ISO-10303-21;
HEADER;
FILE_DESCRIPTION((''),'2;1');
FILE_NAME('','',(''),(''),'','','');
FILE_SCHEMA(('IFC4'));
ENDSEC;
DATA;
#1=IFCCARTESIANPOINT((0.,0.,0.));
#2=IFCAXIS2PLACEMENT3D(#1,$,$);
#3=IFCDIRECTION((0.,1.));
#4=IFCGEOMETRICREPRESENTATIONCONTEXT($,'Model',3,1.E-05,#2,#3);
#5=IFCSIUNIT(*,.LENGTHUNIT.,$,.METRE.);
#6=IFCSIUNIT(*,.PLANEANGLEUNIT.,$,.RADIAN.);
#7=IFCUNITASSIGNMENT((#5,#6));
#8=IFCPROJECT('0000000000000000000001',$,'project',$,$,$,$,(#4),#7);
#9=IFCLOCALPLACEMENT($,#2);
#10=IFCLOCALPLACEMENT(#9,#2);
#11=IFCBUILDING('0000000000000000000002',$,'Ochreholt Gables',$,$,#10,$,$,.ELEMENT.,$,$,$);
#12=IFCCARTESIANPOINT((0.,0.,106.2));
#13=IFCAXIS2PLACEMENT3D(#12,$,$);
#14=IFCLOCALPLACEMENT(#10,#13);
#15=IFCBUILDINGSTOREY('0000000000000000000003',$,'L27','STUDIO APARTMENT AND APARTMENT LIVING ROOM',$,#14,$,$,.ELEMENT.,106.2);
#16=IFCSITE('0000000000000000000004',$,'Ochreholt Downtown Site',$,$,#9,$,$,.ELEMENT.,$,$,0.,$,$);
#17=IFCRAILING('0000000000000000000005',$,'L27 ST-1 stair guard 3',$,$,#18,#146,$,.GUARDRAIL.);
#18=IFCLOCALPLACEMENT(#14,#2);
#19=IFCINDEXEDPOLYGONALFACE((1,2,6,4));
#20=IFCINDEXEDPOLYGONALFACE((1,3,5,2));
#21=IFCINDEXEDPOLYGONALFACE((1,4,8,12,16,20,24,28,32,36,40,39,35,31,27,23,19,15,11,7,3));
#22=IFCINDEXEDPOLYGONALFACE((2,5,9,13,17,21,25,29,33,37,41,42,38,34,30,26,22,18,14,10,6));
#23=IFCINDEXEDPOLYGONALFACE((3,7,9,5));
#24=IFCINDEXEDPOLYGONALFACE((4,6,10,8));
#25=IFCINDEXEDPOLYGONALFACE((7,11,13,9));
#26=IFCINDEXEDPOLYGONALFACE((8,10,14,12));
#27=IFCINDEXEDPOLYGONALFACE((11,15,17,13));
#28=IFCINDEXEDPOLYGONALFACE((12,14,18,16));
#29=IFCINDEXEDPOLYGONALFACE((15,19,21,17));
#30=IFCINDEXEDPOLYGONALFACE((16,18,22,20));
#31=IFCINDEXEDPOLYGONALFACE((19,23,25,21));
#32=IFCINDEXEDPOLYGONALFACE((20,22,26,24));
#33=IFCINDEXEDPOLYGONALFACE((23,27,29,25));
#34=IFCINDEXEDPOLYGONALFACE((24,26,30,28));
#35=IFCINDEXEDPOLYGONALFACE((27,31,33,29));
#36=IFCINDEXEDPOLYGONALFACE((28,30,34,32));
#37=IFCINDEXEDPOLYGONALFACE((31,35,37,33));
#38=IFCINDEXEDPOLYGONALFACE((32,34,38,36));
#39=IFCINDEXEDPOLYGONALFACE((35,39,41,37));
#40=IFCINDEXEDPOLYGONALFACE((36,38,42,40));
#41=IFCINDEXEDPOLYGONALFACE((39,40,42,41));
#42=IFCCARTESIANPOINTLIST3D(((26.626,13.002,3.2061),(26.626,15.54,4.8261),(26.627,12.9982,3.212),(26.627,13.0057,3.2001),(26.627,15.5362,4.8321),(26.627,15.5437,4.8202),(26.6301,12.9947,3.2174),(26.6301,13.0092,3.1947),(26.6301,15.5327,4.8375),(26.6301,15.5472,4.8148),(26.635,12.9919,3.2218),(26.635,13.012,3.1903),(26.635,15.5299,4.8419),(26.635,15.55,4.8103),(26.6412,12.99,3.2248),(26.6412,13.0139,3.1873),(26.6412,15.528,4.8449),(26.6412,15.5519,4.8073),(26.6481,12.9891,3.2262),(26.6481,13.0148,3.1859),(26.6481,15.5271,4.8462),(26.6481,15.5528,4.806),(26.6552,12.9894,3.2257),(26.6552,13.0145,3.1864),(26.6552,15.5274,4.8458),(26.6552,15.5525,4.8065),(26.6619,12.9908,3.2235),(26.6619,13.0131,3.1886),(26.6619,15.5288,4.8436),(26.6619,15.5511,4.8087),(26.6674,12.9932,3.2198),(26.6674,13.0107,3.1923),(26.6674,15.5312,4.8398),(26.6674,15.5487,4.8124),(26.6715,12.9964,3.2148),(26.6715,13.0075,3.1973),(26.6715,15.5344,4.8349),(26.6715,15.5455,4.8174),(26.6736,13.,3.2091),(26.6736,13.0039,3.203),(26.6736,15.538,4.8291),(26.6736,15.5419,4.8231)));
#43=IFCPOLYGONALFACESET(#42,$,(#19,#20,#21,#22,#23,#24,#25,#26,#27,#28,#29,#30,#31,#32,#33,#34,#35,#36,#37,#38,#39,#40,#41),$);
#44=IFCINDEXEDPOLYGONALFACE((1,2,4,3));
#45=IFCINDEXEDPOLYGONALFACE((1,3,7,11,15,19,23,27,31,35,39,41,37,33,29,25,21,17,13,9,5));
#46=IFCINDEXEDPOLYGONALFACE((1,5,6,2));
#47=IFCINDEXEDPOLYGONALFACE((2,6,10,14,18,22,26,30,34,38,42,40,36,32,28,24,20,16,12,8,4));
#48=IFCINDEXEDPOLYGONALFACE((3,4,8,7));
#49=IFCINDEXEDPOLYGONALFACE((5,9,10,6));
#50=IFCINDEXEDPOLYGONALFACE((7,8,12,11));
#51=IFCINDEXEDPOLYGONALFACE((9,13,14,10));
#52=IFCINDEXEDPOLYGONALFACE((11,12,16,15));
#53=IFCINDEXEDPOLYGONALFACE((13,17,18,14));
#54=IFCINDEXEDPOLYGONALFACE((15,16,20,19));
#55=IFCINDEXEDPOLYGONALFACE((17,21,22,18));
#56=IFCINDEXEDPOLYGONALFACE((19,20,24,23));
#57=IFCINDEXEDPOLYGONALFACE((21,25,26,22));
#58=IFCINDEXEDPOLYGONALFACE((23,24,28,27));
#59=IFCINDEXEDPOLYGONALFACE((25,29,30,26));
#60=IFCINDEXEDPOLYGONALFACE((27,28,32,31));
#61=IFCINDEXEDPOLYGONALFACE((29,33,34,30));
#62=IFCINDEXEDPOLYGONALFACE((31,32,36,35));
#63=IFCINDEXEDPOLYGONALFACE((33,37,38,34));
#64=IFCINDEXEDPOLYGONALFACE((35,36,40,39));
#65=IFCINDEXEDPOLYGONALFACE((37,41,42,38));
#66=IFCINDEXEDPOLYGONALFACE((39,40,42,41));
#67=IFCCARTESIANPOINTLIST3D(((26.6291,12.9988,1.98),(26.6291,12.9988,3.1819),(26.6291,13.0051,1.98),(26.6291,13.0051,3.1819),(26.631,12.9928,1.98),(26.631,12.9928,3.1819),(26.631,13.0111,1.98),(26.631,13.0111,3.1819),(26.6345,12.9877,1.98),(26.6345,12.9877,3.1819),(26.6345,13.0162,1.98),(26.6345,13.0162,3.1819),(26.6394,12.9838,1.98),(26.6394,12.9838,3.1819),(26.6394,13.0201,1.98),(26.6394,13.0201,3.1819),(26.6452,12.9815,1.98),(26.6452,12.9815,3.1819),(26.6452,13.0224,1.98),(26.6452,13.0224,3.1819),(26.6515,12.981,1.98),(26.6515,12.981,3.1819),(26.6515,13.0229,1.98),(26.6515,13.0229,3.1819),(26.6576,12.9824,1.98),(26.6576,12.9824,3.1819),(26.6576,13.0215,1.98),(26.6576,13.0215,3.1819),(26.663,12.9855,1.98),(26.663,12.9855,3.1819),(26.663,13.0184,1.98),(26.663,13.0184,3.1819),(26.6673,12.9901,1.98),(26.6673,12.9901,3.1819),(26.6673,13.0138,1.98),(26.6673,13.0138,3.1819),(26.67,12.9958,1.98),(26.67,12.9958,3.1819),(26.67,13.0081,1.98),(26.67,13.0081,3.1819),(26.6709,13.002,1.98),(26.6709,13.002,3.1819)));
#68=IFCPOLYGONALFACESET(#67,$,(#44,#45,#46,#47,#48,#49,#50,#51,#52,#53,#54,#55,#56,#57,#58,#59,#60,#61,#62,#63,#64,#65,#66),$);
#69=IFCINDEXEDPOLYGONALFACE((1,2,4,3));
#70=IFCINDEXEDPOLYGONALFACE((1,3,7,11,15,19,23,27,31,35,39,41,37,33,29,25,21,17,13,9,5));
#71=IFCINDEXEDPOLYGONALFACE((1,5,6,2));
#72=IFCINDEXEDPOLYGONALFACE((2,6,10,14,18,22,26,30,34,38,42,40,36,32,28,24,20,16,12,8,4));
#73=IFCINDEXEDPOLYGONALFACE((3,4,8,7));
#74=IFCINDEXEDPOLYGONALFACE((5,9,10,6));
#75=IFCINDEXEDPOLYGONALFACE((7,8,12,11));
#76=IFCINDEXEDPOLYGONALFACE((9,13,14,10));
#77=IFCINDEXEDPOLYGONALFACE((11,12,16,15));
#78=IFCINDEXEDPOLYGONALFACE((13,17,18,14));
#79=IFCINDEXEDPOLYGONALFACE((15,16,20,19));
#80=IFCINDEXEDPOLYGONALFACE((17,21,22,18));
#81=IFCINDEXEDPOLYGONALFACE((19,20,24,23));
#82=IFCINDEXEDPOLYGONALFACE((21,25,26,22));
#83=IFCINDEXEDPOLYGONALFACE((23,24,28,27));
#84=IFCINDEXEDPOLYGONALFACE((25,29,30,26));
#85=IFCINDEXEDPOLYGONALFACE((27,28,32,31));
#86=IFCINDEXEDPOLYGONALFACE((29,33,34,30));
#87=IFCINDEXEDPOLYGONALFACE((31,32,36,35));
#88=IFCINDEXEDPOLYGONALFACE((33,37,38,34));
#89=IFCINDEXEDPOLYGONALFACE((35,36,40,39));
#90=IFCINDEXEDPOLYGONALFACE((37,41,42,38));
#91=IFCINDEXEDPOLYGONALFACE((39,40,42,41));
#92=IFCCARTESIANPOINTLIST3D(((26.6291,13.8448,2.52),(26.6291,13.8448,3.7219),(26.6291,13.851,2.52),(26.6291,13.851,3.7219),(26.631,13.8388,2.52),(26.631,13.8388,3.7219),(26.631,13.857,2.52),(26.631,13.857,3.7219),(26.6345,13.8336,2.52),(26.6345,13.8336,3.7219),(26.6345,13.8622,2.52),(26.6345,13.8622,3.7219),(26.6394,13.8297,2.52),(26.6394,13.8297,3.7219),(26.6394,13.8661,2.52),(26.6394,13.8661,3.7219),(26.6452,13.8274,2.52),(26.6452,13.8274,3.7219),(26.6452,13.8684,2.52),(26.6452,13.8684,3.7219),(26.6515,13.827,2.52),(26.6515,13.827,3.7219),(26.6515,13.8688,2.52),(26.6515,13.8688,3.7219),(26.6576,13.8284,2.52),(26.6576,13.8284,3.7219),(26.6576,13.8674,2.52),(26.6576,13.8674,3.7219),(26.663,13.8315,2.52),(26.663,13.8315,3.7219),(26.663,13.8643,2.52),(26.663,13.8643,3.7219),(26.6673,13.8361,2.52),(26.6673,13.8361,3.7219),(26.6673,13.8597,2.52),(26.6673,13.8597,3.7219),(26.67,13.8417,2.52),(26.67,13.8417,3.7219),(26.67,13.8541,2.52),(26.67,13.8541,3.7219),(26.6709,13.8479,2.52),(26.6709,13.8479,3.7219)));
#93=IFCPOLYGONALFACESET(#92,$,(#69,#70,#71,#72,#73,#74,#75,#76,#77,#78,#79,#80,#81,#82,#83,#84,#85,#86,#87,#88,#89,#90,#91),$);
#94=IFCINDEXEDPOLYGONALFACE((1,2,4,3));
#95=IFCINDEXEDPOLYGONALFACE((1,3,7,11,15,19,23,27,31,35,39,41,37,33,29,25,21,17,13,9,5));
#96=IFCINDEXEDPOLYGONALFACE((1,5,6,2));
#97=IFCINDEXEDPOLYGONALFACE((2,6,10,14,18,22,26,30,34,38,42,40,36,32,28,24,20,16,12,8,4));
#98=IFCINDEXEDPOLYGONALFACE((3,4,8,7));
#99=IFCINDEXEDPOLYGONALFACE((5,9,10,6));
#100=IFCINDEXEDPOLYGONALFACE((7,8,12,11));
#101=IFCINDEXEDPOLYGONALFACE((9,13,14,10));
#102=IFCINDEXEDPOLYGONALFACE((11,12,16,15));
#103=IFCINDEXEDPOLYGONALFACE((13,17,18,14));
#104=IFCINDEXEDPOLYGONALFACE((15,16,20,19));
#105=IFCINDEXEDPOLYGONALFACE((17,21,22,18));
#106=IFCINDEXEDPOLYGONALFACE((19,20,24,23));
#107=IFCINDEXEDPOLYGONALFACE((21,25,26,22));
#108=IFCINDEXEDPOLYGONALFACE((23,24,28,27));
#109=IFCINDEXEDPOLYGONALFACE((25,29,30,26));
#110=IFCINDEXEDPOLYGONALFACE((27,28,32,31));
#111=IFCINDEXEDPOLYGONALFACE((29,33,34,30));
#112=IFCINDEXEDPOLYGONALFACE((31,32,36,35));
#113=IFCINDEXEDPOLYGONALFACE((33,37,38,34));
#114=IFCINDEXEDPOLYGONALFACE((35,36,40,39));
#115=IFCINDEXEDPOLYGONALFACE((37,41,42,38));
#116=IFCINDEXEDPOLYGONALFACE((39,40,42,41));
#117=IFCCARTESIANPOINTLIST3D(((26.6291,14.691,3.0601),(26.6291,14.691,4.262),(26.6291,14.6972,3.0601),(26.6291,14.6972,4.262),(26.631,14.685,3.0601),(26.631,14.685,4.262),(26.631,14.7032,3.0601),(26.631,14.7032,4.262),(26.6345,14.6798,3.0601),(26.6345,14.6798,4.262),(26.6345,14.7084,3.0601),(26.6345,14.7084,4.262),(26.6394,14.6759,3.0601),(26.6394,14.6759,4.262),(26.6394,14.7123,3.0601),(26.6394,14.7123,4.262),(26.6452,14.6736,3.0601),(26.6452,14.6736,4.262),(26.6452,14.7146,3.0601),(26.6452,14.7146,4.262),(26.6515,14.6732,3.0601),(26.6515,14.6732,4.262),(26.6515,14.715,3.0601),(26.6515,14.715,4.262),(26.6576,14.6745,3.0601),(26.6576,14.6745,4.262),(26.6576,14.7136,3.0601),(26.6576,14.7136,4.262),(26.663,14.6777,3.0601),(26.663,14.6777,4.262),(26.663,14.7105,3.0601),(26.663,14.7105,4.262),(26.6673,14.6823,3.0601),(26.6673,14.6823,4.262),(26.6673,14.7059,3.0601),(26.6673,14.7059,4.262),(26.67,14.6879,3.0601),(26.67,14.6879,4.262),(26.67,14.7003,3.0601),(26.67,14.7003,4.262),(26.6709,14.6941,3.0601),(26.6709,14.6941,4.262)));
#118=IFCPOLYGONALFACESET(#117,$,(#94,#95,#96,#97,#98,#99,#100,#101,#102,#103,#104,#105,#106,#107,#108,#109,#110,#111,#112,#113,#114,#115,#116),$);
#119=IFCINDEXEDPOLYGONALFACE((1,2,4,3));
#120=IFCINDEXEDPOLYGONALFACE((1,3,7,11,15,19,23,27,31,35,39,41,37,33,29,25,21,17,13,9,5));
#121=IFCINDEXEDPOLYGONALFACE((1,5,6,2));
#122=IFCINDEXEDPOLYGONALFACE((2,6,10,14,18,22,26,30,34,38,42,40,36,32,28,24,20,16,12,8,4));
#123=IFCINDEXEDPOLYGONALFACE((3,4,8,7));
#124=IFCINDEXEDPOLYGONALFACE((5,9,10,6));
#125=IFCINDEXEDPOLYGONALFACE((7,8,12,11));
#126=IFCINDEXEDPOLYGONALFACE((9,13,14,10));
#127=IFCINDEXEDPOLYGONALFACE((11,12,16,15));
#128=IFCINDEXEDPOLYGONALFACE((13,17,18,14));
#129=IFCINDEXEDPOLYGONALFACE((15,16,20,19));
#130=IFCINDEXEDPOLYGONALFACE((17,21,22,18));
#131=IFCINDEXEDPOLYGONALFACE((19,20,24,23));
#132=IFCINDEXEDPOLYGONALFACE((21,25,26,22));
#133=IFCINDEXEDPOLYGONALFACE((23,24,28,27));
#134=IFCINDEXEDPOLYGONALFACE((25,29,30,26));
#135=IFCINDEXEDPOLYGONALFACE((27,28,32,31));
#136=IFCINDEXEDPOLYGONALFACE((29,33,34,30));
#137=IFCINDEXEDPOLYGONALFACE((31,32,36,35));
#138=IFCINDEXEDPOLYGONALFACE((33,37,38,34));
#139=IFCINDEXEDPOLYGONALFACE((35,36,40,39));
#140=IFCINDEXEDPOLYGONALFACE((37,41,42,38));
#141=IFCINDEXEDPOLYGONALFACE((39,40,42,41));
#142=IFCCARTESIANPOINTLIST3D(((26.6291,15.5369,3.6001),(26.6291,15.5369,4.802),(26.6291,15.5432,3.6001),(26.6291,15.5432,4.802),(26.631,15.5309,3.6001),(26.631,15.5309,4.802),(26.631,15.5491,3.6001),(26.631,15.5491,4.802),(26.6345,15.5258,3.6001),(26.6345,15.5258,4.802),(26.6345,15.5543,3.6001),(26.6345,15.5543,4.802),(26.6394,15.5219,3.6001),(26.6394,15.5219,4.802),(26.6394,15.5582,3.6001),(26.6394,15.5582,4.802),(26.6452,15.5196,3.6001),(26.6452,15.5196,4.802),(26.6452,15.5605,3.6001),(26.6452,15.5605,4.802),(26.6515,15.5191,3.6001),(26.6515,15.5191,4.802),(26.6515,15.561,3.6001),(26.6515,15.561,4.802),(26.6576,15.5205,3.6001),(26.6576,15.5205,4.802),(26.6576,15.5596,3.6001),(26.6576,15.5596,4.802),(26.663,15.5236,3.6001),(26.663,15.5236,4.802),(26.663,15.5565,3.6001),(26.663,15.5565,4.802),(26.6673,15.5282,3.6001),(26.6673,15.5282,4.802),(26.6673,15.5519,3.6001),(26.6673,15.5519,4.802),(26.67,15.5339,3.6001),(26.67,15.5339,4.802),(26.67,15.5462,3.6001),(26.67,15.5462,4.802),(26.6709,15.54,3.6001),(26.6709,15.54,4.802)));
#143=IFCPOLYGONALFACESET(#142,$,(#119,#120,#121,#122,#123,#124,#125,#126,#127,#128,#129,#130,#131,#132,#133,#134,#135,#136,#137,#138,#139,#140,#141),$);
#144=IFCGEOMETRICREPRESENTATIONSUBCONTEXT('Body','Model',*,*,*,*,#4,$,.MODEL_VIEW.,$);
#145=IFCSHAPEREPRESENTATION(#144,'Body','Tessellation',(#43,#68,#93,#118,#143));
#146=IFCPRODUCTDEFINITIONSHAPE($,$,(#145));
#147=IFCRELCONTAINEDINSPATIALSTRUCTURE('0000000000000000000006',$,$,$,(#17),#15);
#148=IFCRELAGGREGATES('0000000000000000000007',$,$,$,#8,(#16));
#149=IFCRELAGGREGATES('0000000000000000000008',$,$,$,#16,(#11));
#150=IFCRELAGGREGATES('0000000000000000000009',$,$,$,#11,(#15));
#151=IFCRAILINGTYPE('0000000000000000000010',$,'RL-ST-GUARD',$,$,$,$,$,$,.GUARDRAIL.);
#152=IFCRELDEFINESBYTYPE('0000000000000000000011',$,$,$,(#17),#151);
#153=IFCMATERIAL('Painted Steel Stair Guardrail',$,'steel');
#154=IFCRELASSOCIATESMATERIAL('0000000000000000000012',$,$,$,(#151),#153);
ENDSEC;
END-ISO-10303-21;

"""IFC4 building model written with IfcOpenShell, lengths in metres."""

from ifc_helpers import new_model, si_unit, direction, frame, origin, origin_2d, place, context, subcontext, project, spatial, circle, extrude, material, type_object, element, save


model = new_model("IFC4")

# Units and contexts
model_context = context("Model", 3, precision=1e-05, world=origin(), true_north=direction((0.0, 1.0)))
body_context = subcontext(model_context, "Body", "Model", "MODEL_VIEW")
ifc_project = project(units=[si_unit("LENGTHUNIT", "METRE"), si_unit("PLANEANGLEUNIT", "RADIAN")], contexts=[model_context])

# Site, building, storey
site_placement = place(None, origin())
site = spatial("IfcSite", under=ifc_project, at=site_placement, Name="Ochreholt Downtown Site", CompositionType="ELEMENT", RefElevation=0.0)
building_placement = place(site_placement, origin())
building = spatial("IfcBuilding", under=site, at=building_placement, Name="Ochreholt Gables", CompositionType="ELEMENT")
storey_placement = place(building_placement, frame((0.0, 0.0, 106.2)))
storey = spatial("IfcBuildingStorey", under=building, at=storey_placement, Name="L27", Description="STUDIO APARTMENT AND APARTMENT LIVING ROOM", CompositionType="ELEMENT", Elevation=106.2)

# Railing
ifc_material_1 = material(Name="Painted Steel Stair Guardrail", Category="steel")
railing_type_1 = type_object("IfcRailingType", Name="RL-ST-GUARD", PredefinedType="GUARDRAIL", material=ifc_material_1)
railing_1_placement = place(storey_placement, frame((26.6499, 13.002, 1.98)))
element("IfcRailing", 1, at=railing_1_placement, inside=storey, type_object=railing_type_1, Name="L27 ST-1 stair guard 3", PredefinedType="GUARDRAIL", context=body_context, shape_type="SweptSolid", body=[
    extrude(circle(Radius=0.0239, at=origin_2d()), frame((0.0, 0.0, 1.2261), z_axis=(0.0, 0.842913, 0.53805), x_axis=(-1.0, 0.0, 0.0)), (0.0, 0.0, 1.0), 3.011),
    extrude(circle(Radius=0.021, at=origin_2d()), origin(), (0.0, 0.0, 1.0), 1.2019),
    extrude(circle(Radius=0.021, at=origin_2d()), frame((0.0, 0.8459, 0.54)), (0.0, 0.0, 1.0), 1.2019),
    extrude(circle(Radius=0.021, at=origin_2d()), frame((0.0, 1.6921, 1.0801)), (0.0, 0.0, 1.0), 1.2019),
    extrude(circle(Radius=0.021, at=origin_2d()), frame((0.0, 2.5381, 1.6201)), (0.0, 0.0, 1.0), 1.2019),
])

save(model, "model.ifc")
